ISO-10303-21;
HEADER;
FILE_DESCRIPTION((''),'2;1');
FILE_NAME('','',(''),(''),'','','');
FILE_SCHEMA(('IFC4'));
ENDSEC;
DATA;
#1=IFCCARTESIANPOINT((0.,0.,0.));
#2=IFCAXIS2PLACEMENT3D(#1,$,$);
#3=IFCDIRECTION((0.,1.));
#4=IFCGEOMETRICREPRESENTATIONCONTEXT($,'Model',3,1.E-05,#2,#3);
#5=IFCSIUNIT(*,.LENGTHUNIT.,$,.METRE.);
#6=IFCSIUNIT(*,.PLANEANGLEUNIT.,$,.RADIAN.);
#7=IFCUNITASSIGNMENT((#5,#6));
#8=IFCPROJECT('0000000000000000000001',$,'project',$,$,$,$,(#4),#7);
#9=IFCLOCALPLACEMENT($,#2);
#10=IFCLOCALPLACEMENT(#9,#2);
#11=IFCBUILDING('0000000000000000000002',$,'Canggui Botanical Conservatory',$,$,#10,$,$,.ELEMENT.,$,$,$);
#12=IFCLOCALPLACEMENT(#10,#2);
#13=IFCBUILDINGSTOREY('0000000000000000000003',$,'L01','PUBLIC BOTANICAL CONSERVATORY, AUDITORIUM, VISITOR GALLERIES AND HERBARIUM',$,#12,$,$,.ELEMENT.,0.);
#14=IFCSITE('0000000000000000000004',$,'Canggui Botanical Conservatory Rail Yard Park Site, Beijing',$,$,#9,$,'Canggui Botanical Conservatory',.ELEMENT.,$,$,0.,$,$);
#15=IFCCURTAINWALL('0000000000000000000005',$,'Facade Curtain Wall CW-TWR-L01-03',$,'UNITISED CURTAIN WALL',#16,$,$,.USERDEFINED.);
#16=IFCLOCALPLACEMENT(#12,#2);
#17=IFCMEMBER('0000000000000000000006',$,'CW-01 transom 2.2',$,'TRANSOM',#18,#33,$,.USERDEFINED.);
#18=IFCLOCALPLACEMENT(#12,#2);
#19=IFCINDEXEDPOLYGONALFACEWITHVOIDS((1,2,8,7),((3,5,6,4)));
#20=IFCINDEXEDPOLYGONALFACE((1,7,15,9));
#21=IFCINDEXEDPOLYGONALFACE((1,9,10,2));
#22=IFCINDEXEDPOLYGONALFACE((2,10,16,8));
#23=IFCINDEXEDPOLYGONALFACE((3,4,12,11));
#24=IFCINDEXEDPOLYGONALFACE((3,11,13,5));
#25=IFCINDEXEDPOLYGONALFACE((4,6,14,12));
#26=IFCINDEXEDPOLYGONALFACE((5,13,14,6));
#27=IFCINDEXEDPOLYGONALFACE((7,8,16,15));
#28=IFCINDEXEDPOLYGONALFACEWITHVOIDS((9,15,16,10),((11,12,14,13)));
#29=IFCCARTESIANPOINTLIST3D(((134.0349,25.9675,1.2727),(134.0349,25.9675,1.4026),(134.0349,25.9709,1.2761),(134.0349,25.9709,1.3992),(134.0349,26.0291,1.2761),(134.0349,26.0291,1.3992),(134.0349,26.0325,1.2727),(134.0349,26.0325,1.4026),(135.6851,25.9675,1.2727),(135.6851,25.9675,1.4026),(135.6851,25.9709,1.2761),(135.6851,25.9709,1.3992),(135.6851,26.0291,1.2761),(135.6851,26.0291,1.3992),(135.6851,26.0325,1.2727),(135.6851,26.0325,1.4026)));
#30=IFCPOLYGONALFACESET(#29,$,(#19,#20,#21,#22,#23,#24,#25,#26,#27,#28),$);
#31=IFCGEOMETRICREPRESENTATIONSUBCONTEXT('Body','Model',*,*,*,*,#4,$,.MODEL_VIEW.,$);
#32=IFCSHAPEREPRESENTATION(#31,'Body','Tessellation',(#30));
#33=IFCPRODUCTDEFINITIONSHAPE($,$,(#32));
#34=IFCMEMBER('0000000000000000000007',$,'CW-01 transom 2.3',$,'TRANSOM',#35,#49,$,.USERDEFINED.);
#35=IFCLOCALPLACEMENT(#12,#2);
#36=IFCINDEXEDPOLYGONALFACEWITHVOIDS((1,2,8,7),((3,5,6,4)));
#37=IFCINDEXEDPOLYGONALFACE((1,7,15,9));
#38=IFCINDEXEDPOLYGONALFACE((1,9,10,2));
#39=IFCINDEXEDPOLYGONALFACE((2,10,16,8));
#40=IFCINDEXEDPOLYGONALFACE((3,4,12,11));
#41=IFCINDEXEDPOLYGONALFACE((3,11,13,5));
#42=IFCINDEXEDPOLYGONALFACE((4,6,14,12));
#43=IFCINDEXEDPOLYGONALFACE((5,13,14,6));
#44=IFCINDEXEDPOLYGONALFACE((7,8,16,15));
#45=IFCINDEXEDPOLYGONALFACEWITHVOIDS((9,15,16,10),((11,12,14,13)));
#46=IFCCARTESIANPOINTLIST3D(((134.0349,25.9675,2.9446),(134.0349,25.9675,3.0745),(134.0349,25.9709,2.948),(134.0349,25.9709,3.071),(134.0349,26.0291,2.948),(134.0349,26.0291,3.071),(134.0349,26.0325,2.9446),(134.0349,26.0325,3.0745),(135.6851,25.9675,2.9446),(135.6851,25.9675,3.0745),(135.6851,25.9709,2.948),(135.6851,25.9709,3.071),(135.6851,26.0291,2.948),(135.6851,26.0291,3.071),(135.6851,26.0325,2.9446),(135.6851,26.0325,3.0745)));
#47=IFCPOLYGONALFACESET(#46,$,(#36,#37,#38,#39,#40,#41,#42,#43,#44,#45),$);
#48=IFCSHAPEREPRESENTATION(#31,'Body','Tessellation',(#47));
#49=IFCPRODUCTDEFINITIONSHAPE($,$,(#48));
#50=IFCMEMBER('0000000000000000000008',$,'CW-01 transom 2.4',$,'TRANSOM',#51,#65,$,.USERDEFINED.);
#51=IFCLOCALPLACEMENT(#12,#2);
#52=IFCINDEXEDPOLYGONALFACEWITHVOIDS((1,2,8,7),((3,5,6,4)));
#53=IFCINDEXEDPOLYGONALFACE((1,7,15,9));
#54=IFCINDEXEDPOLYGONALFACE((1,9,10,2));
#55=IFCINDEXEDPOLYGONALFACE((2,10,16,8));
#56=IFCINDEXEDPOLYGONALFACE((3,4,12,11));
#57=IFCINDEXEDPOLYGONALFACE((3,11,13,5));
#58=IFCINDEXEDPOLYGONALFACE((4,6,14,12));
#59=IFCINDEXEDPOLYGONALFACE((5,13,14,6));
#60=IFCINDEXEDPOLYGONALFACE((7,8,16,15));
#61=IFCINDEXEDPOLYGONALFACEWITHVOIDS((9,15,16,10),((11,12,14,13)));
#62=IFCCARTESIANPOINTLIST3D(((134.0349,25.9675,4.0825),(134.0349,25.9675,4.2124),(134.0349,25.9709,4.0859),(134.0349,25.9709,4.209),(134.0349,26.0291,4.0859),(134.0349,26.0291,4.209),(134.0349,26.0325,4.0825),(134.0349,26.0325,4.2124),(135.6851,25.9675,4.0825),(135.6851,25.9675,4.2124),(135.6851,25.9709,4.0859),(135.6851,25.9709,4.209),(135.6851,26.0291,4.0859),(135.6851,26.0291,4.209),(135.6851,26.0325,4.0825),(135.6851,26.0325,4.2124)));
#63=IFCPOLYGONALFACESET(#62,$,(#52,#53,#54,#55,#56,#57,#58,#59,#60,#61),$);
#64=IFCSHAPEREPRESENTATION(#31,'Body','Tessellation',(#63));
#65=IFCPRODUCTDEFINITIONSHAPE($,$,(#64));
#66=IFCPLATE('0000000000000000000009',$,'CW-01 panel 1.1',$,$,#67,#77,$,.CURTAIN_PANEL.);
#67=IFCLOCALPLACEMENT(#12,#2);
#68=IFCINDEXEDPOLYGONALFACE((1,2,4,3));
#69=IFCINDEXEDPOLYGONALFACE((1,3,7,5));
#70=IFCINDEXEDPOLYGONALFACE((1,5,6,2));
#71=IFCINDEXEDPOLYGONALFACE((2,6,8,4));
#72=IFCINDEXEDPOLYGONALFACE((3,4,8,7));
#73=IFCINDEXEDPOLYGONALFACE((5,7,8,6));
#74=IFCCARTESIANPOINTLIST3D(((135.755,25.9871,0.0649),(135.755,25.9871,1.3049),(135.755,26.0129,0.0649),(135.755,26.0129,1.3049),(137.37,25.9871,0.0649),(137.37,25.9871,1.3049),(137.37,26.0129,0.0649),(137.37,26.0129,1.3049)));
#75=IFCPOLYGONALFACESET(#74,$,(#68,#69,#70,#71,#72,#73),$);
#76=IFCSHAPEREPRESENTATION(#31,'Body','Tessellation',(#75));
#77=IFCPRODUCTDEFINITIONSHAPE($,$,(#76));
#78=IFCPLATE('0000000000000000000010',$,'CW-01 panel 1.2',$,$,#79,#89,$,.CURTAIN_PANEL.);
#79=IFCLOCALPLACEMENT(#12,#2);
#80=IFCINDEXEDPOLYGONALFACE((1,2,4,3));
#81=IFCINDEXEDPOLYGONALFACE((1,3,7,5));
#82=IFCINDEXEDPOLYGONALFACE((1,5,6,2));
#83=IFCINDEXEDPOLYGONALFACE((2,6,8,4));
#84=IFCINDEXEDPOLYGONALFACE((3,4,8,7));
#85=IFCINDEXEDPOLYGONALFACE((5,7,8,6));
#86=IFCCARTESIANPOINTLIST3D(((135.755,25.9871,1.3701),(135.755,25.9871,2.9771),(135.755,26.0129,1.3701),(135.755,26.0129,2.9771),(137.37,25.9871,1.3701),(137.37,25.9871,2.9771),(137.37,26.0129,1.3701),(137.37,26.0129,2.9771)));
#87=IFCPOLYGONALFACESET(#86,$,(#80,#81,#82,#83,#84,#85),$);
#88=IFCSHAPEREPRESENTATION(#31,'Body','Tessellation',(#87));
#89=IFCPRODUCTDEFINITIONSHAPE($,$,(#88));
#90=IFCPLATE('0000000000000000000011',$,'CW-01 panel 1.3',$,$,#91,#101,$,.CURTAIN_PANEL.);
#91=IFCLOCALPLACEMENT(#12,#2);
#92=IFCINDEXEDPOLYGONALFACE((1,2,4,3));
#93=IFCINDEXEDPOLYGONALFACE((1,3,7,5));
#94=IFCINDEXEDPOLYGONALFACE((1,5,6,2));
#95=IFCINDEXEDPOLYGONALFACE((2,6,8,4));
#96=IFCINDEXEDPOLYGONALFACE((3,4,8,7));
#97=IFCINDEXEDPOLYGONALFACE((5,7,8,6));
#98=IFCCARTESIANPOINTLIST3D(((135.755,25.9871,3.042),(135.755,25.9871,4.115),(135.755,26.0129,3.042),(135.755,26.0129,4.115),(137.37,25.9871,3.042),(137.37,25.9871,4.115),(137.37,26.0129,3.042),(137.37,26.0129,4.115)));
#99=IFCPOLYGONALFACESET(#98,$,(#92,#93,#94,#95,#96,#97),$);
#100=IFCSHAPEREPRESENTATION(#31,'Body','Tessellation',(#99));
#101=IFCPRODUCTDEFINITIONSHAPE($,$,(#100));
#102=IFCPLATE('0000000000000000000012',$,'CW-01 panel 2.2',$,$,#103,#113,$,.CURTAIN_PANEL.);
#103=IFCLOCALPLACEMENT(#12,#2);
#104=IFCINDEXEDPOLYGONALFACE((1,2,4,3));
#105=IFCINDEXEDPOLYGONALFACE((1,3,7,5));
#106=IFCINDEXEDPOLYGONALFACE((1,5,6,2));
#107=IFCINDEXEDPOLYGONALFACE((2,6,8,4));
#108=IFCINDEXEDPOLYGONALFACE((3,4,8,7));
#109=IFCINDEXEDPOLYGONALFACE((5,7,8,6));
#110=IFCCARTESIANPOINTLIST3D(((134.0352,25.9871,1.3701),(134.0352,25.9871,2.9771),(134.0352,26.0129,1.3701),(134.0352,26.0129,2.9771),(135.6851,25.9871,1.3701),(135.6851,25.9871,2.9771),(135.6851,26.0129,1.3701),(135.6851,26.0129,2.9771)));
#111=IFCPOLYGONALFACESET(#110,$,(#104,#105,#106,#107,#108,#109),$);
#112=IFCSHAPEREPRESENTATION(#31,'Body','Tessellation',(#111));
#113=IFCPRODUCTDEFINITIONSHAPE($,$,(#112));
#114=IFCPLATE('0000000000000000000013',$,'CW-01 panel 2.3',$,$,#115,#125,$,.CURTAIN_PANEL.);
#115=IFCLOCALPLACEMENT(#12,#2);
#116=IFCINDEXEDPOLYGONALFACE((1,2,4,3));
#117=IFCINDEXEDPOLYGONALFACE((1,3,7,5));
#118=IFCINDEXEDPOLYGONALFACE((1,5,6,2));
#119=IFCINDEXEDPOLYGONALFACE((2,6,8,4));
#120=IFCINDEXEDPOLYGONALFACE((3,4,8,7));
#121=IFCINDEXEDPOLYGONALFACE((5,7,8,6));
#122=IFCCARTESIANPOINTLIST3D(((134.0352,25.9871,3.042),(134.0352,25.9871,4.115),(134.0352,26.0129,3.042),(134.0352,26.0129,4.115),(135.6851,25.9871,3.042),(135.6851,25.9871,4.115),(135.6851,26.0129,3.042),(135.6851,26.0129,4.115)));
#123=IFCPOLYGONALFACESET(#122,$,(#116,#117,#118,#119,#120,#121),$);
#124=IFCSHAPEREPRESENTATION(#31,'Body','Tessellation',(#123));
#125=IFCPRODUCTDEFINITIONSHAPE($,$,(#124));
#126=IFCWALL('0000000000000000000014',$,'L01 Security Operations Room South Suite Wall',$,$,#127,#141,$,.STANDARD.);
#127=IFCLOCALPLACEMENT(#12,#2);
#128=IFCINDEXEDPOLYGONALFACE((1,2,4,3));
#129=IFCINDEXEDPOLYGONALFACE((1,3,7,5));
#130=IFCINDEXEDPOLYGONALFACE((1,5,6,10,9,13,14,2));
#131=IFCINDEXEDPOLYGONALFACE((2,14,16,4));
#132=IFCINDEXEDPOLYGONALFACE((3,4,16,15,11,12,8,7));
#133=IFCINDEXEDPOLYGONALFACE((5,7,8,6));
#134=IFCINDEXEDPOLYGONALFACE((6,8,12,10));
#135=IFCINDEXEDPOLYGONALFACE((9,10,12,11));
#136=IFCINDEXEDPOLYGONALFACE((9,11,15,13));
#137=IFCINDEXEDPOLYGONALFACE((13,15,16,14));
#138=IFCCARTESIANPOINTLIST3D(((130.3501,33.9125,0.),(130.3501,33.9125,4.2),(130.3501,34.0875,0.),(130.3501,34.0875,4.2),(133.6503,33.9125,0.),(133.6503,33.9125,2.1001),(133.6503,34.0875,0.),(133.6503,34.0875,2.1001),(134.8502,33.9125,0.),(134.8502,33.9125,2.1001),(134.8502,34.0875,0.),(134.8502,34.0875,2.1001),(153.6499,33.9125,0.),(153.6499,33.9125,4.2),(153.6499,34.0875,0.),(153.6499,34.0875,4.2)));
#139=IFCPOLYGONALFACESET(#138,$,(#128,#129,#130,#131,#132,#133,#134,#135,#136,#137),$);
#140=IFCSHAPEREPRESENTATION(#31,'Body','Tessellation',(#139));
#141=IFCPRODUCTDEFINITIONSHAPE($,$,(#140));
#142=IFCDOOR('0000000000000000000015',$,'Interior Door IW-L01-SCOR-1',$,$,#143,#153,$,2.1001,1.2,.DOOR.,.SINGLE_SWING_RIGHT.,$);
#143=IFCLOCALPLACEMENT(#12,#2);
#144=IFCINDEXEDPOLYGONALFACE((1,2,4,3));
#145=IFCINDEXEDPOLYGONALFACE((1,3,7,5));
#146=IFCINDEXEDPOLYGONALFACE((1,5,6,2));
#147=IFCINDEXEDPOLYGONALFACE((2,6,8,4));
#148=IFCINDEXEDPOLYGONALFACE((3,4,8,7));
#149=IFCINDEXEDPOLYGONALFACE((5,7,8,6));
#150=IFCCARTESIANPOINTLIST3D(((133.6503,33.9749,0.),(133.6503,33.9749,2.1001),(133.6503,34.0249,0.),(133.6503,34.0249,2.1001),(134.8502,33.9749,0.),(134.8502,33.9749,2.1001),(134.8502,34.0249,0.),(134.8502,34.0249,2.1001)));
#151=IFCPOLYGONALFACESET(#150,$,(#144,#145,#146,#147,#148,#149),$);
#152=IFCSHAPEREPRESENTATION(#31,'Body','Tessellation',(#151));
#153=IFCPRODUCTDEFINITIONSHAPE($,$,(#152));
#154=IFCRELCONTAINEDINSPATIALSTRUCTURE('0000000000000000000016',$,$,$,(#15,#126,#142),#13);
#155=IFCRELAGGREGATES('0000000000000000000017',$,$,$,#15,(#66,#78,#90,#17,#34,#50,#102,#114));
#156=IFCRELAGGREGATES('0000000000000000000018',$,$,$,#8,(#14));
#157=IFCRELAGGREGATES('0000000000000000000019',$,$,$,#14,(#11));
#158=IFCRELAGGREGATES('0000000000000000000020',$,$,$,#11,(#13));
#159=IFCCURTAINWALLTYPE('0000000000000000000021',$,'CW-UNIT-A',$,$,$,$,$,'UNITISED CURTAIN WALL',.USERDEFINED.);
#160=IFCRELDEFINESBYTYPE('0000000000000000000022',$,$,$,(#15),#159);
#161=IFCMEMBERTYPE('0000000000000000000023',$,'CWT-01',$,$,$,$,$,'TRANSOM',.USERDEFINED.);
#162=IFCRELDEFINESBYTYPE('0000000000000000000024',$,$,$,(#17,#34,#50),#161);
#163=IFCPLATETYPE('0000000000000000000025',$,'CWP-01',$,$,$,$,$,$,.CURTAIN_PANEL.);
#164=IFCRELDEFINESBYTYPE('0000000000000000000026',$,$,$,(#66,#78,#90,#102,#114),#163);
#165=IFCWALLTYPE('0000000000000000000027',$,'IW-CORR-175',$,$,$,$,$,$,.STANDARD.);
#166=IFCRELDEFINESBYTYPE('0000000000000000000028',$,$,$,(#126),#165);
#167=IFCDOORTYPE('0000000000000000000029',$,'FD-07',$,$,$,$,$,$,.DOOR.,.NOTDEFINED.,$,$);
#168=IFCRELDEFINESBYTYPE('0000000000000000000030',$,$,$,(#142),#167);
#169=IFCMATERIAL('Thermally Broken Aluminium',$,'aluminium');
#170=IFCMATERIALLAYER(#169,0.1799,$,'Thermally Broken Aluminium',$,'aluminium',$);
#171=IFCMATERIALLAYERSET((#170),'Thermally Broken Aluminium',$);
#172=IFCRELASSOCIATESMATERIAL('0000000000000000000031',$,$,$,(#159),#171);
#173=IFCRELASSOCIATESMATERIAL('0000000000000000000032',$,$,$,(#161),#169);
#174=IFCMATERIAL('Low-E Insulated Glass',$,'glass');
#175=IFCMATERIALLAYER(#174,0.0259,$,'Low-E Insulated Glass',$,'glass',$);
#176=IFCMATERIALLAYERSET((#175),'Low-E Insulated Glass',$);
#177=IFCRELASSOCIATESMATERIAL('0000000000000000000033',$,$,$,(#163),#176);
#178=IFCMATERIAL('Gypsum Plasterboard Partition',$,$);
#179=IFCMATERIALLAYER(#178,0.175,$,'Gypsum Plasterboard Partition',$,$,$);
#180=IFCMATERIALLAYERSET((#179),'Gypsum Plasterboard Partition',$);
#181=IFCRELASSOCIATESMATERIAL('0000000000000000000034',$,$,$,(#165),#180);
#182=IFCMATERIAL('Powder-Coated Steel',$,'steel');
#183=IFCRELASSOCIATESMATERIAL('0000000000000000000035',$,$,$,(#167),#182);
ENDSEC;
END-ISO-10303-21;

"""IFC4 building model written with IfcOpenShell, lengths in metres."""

from ifc_helpers import new_model, si_unit, direction, frame, frame_2d, origin, origin_2d, place, context, subcontext, project, spatial, rectangle, hollow_rectangle, extrude, material, layer, layer_set, material_profile, profile_set, type_object, element, fill, aggregate, save


model = new_model("IFC4")

# Units and contexts
model_context = context("Model", 3, precision=1e-05, world=origin(), true_north=direction((0.0, 1.0)))
body_context = subcontext(model_context, "Body", "Model", "MODEL_VIEW")
ifc_project = project(units=[si_unit("LENGTHUNIT", "METRE"), si_unit("PLANEANGLEUNIT", "RADIAN")], contexts=[model_context])

# Site, building, storey
site_placement = place(None, origin())
site = spatial("IfcSite", under=ifc_project, at=site_placement, Name="Canggui Botanical Conservatory Rail Yard Park Site, Beijing", LongName="Canggui Botanical Conservatory", CompositionType="ELEMENT", RefElevation=0.0)
building_placement = place(site_placement, origin())
building = spatial("IfcBuilding", under=site, at=building_placement, Name="Canggui Botanical Conservatory", CompositionType="ELEMENT")
storey_placement = place(building_placement, origin())
storey = spatial("IfcBuildingStorey", under=building, at=storey_placement, Name="L01", Description="PUBLIC BOTANICAL CONSERVATORY, AUDITORIUM, VISITOR GALLERIES AND HERBARIUM", CompositionType="ELEMENT", Elevation=0.0)

# Curtain wall, members, plates
ifc_material_1 = material(Name="Thermally Broken Aluminium", Category="aluminium")
ifc_layer_1 = layer(ifc_material_1, 0.1799, Name="Thermally Broken Aluminium", Category="aluminium")
ifc_layer_set_1 = layer_set([ifc_layer_1], Name="Thermally Broken Aluminium")
curtain_wall_type = type_object("IfcCurtainWallType", Name="CW-UNIT-A", ElementType="UNITISED CURTAIN WALL", PredefinedType="USERDEFINED", material=ifc_layer_set_1)
curtain_wall_placement = place(storey_placement, origin())
curtain_wall = element("IfcCurtainWall", 1, at=curtain_wall_placement, inside=storey, type_object=curtain_wall_type, Name="Facade Curtain Wall CW-TWR-L01-03", ObjectType="UNITISED CURTAIN WALL", PredefinedType="USERDEFINED")
ifc_material_profile_1 = material_profile(ifc_material_1, hollow_rectangle(XDim=0.0649, YDim=0.1299, WallThickness=0.0034, at=origin_2d()), Name="CWT 65x130x3.5")
ifc_profile_set_1 = profile_set([ifc_material_profile_1], Name="Thermally Broken Aluminium")
member_type_1 = type_object("IfcMemberType", Name="CWT-01", ElementType="TRANSOM", PredefinedType="USERDEFINED", material=ifc_profile_set_1)
member_1_placement = place(storey_placement, frame((135.6851, 26.0, 1.3376), z_axis=(-1.0, 0.0, 0.0), x_axis=(0.0, -1.0, 0.0)))
member_1 = element("IfcMember", 2, at=member_1_placement, type_object=member_type_1, Name="CW-01 transom 2.2", ObjectType="TRANSOM", PredefinedType="USERDEFINED", context=body_context, shape_type="SweptSolid", body=[
    extrude(hollow_rectangle(XDim=0.0649, YDim=0.1299, WallThickness=0.0034, at=origin_2d()), origin(), (0.0, 0.0, 1.0), 1.6501),
])
member_2_placement = place(storey_placement, frame((135.6851, 26.0, 3.0095), z_axis=(-1.0, 0.0, 0.0), x_axis=(0.0, -1.0, 0.0)))
member_2 = element("IfcMember", 3, at=member_2_placement, type_object=member_type_1, Name="CW-01 transom 2.3", ObjectType="TRANSOM", PredefinedType="USERDEFINED", context=body_context, shape_type="SweptSolid", body=[
    extrude(hollow_rectangle(XDim=0.0649, YDim=0.1299, WallThickness=0.0034, at=origin_2d()), origin(), (0.0, 0.0, 1.0), 1.6501),
])
member_3_placement = place(storey_placement, frame((135.6851, 26.0, 4.1475), z_axis=(-1.0, 0.0, 0.0), x_axis=(0.0, -1.0, 0.0)))
member_3 = element("IfcMember", 4, at=member_3_placement, type_object=member_type_1, Name="CW-01 transom 2.4", ObjectType="TRANSOM", PredefinedType="USERDEFINED", context=body_context, shape_type="SweptSolid", body=[
    extrude(hollow_rectangle(XDim=0.0649, YDim=0.1299, WallThickness=0.0034, at=origin_2d()), origin(), (0.0, 0.0, 1.0), 1.6501),
])
ifc_material_2 = material(Name="Low-E Insulated Glass", Category="glass")
ifc_layer_2 = layer(ifc_material_2, 0.0259, Name="Low-E Insulated Glass", Category="glass")
ifc_layer_set_2 = layer_set([ifc_layer_2], Name="Low-E Insulated Glass")
plate_type = type_object("IfcPlateType", Name="CWP-01", PredefinedType="CURTAIN_PANEL", material=ifc_layer_set_2)
plate_1_placement = place(storey_placement, frame((136.5625, 26.0, 0.0649), z_axis=(0.0, 0.0, 1.0), x_axis=(-1.0, 0.0, 0.0)))
plate_1 = element("IfcPlate", 5, at=plate_1_placement, type_object=plate_type, Name="CW-01 panel 1.1", PredefinedType="CURTAIN_PANEL", context=body_context, shape_type="SweptSolid", body=[
    extrude(rectangle(XDim=1.615, YDim=0.0259, at=origin_2d()), origin(), (0.0, 0.0, 1.0), 1.24),
])
plate_2_placement = place(storey_placement, frame((136.5625, 26.0, 1.3701), z_axis=(0.0, 0.0, 1.0), x_axis=(-1.0, 0.0, 0.0)))
plate_2 = element("IfcPlate", 6, at=plate_2_placement, type_object=plate_type, Name="CW-01 panel 1.2", PredefinedType="CURTAIN_PANEL", context=body_context, shape_type="SweptSolid", body=[
    extrude(rectangle(XDim=1.615, YDim=0.0259, at=origin_2d()), origin(), (0.0, 0.0, 1.0), 1.6069),
])
plate_3_placement = place(storey_placement, frame((136.5625, 26.0, 3.042), z_axis=(0.0, 0.0, 1.0), x_axis=(-1.0, 0.0, 0.0)))
plate_3 = element("IfcPlate", 7, at=plate_3_placement, type_object=plate_type, Name="CW-01 panel 1.3", PredefinedType="CURTAIN_PANEL", context=body_context, shape_type="SweptSolid", body=[
    extrude(rectangle(XDim=1.615, YDim=0.0259, at=origin_2d()), origin(), (0.0, 0.0, 1.0), 1.073),
])
plate_4_placement = place(storey_placement, frame((134.8601, 26.0, 1.3701), z_axis=(0.0, 0.0, 1.0), x_axis=(-1.0, 0.0, 0.0)))
plate_4 = element("IfcPlate", 8, at=plate_4_placement, type_object=plate_type, Name="CW-01 panel 2.2", PredefinedType="CURTAIN_PANEL", context=body_context, shape_type="SweptSolid", body=[
    extrude(rectangle(XDim=1.6499, YDim=0.0259, at=origin_2d()), origin(), (0.0, 0.0, 1.0), 1.6069),
])
plate_5_placement = place(storey_placement, frame((134.8601, 26.0, 3.042), z_axis=(0.0, 0.0, 1.0), x_axis=(-1.0, 0.0, 0.0)))
plate_5 = element("IfcPlate", 9, at=plate_5_placement, type_object=plate_type, Name="CW-01 panel 2.3", PredefinedType="CURTAIN_PANEL", context=body_context, shape_type="SweptSolid", body=[
    extrude(rectangle(XDim=1.6499, YDim=0.0259, at=origin_2d()), origin(), (0.0, 0.0, 1.0), 1.073),
])
aggregate(curtain_wall, [plate_1, plate_2, plate_3, member_1, member_2, member_3, plate_4, plate_5])

# Wall, opening, door
ifc_material_3 = material(Name="Gypsum Plasterboard Partition")
ifc_layer_3 = layer(ifc_material_3, 0.175, Name="Gypsum Plasterboard Partition")
ifc_layer_set_3 = layer_set([ifc_layer_3], Name="Gypsum Plasterboard Partition")
wall_type = type_object("IfcWallType", Name="IW-CORR-175", PredefinedType="STANDARD", material=ifc_layer_set_3)
wall_placement = place(storey_placement, frame((130.3501, 34.0, 0.0), z_axis=(0.0, 0.0, 1.0), x_axis=(1.0, 0.0, 0.0)))
wall = element("IfcWall", 10, at=wall_placement, inside=storey, type_object=wall_type, Name="L01 Security Operations Room South Suite Wall", PredefinedType="STANDARD", context=body_context, shape_type="SweptSolid", body=[
    extrude(rectangle(XDim=23.2998, YDim=0.175, at=frame_2d((11.6499, 0.0))), origin(), (0.0, 0.0, 1.0), 4.2),
])
opening_placement = place(wall_placement, frame((3.3, 0.0, 0.0)))
opening = element("IfcOpeningElement", 11, at=opening_placement, cuts=wall, PredefinedType="OPENING", context=body_context, shape_type="SweptSolid", body=[
    extrude(rectangle(XDim=1.2, YDim=2.1001, at=frame_2d((0.6001, 1.05))), frame((0.0, 0.0977, 0.0), z_axis=(0.0, -1.0, 0.0), x_axis=(1.0, 0.0, 0.0)), (0.0, 0.0, 1.0), 0.1951),
])
ifc_material_4 = material(Name="Powder-Coated Steel", Category="steel")
door_type = type_object("IfcDoorType", Name="FD-07", OperationType="NOTDEFINED", PredefinedType="DOOR", material=ifc_material_4)
door_placement = place(opening_placement, origin())
door = element("IfcDoor", 12, at=door_placement, inside=storey, type_object=door_type, Name="Interior Door IW-L01-SCOR-1", OperationType="SINGLE_SWING_RIGHT", OverallHeight=2.1001, OverallWidth=1.2, PredefinedType="DOOR", context=body_context, shape_type="SweptSolid", body=[
    extrude(rectangle(XDim=1.2, YDim=2.1001, at=frame_2d((0.6001, 1.05))), frame((0.0, 0.0249, 0.0), z_axis=(0.0, -1.0, 0.0), x_axis=(1.0, 0.0, 0.0)), (0.0, 0.0, 1.0), 0.05),
])
fill(opening, door)

save(model, "model.ifc")
